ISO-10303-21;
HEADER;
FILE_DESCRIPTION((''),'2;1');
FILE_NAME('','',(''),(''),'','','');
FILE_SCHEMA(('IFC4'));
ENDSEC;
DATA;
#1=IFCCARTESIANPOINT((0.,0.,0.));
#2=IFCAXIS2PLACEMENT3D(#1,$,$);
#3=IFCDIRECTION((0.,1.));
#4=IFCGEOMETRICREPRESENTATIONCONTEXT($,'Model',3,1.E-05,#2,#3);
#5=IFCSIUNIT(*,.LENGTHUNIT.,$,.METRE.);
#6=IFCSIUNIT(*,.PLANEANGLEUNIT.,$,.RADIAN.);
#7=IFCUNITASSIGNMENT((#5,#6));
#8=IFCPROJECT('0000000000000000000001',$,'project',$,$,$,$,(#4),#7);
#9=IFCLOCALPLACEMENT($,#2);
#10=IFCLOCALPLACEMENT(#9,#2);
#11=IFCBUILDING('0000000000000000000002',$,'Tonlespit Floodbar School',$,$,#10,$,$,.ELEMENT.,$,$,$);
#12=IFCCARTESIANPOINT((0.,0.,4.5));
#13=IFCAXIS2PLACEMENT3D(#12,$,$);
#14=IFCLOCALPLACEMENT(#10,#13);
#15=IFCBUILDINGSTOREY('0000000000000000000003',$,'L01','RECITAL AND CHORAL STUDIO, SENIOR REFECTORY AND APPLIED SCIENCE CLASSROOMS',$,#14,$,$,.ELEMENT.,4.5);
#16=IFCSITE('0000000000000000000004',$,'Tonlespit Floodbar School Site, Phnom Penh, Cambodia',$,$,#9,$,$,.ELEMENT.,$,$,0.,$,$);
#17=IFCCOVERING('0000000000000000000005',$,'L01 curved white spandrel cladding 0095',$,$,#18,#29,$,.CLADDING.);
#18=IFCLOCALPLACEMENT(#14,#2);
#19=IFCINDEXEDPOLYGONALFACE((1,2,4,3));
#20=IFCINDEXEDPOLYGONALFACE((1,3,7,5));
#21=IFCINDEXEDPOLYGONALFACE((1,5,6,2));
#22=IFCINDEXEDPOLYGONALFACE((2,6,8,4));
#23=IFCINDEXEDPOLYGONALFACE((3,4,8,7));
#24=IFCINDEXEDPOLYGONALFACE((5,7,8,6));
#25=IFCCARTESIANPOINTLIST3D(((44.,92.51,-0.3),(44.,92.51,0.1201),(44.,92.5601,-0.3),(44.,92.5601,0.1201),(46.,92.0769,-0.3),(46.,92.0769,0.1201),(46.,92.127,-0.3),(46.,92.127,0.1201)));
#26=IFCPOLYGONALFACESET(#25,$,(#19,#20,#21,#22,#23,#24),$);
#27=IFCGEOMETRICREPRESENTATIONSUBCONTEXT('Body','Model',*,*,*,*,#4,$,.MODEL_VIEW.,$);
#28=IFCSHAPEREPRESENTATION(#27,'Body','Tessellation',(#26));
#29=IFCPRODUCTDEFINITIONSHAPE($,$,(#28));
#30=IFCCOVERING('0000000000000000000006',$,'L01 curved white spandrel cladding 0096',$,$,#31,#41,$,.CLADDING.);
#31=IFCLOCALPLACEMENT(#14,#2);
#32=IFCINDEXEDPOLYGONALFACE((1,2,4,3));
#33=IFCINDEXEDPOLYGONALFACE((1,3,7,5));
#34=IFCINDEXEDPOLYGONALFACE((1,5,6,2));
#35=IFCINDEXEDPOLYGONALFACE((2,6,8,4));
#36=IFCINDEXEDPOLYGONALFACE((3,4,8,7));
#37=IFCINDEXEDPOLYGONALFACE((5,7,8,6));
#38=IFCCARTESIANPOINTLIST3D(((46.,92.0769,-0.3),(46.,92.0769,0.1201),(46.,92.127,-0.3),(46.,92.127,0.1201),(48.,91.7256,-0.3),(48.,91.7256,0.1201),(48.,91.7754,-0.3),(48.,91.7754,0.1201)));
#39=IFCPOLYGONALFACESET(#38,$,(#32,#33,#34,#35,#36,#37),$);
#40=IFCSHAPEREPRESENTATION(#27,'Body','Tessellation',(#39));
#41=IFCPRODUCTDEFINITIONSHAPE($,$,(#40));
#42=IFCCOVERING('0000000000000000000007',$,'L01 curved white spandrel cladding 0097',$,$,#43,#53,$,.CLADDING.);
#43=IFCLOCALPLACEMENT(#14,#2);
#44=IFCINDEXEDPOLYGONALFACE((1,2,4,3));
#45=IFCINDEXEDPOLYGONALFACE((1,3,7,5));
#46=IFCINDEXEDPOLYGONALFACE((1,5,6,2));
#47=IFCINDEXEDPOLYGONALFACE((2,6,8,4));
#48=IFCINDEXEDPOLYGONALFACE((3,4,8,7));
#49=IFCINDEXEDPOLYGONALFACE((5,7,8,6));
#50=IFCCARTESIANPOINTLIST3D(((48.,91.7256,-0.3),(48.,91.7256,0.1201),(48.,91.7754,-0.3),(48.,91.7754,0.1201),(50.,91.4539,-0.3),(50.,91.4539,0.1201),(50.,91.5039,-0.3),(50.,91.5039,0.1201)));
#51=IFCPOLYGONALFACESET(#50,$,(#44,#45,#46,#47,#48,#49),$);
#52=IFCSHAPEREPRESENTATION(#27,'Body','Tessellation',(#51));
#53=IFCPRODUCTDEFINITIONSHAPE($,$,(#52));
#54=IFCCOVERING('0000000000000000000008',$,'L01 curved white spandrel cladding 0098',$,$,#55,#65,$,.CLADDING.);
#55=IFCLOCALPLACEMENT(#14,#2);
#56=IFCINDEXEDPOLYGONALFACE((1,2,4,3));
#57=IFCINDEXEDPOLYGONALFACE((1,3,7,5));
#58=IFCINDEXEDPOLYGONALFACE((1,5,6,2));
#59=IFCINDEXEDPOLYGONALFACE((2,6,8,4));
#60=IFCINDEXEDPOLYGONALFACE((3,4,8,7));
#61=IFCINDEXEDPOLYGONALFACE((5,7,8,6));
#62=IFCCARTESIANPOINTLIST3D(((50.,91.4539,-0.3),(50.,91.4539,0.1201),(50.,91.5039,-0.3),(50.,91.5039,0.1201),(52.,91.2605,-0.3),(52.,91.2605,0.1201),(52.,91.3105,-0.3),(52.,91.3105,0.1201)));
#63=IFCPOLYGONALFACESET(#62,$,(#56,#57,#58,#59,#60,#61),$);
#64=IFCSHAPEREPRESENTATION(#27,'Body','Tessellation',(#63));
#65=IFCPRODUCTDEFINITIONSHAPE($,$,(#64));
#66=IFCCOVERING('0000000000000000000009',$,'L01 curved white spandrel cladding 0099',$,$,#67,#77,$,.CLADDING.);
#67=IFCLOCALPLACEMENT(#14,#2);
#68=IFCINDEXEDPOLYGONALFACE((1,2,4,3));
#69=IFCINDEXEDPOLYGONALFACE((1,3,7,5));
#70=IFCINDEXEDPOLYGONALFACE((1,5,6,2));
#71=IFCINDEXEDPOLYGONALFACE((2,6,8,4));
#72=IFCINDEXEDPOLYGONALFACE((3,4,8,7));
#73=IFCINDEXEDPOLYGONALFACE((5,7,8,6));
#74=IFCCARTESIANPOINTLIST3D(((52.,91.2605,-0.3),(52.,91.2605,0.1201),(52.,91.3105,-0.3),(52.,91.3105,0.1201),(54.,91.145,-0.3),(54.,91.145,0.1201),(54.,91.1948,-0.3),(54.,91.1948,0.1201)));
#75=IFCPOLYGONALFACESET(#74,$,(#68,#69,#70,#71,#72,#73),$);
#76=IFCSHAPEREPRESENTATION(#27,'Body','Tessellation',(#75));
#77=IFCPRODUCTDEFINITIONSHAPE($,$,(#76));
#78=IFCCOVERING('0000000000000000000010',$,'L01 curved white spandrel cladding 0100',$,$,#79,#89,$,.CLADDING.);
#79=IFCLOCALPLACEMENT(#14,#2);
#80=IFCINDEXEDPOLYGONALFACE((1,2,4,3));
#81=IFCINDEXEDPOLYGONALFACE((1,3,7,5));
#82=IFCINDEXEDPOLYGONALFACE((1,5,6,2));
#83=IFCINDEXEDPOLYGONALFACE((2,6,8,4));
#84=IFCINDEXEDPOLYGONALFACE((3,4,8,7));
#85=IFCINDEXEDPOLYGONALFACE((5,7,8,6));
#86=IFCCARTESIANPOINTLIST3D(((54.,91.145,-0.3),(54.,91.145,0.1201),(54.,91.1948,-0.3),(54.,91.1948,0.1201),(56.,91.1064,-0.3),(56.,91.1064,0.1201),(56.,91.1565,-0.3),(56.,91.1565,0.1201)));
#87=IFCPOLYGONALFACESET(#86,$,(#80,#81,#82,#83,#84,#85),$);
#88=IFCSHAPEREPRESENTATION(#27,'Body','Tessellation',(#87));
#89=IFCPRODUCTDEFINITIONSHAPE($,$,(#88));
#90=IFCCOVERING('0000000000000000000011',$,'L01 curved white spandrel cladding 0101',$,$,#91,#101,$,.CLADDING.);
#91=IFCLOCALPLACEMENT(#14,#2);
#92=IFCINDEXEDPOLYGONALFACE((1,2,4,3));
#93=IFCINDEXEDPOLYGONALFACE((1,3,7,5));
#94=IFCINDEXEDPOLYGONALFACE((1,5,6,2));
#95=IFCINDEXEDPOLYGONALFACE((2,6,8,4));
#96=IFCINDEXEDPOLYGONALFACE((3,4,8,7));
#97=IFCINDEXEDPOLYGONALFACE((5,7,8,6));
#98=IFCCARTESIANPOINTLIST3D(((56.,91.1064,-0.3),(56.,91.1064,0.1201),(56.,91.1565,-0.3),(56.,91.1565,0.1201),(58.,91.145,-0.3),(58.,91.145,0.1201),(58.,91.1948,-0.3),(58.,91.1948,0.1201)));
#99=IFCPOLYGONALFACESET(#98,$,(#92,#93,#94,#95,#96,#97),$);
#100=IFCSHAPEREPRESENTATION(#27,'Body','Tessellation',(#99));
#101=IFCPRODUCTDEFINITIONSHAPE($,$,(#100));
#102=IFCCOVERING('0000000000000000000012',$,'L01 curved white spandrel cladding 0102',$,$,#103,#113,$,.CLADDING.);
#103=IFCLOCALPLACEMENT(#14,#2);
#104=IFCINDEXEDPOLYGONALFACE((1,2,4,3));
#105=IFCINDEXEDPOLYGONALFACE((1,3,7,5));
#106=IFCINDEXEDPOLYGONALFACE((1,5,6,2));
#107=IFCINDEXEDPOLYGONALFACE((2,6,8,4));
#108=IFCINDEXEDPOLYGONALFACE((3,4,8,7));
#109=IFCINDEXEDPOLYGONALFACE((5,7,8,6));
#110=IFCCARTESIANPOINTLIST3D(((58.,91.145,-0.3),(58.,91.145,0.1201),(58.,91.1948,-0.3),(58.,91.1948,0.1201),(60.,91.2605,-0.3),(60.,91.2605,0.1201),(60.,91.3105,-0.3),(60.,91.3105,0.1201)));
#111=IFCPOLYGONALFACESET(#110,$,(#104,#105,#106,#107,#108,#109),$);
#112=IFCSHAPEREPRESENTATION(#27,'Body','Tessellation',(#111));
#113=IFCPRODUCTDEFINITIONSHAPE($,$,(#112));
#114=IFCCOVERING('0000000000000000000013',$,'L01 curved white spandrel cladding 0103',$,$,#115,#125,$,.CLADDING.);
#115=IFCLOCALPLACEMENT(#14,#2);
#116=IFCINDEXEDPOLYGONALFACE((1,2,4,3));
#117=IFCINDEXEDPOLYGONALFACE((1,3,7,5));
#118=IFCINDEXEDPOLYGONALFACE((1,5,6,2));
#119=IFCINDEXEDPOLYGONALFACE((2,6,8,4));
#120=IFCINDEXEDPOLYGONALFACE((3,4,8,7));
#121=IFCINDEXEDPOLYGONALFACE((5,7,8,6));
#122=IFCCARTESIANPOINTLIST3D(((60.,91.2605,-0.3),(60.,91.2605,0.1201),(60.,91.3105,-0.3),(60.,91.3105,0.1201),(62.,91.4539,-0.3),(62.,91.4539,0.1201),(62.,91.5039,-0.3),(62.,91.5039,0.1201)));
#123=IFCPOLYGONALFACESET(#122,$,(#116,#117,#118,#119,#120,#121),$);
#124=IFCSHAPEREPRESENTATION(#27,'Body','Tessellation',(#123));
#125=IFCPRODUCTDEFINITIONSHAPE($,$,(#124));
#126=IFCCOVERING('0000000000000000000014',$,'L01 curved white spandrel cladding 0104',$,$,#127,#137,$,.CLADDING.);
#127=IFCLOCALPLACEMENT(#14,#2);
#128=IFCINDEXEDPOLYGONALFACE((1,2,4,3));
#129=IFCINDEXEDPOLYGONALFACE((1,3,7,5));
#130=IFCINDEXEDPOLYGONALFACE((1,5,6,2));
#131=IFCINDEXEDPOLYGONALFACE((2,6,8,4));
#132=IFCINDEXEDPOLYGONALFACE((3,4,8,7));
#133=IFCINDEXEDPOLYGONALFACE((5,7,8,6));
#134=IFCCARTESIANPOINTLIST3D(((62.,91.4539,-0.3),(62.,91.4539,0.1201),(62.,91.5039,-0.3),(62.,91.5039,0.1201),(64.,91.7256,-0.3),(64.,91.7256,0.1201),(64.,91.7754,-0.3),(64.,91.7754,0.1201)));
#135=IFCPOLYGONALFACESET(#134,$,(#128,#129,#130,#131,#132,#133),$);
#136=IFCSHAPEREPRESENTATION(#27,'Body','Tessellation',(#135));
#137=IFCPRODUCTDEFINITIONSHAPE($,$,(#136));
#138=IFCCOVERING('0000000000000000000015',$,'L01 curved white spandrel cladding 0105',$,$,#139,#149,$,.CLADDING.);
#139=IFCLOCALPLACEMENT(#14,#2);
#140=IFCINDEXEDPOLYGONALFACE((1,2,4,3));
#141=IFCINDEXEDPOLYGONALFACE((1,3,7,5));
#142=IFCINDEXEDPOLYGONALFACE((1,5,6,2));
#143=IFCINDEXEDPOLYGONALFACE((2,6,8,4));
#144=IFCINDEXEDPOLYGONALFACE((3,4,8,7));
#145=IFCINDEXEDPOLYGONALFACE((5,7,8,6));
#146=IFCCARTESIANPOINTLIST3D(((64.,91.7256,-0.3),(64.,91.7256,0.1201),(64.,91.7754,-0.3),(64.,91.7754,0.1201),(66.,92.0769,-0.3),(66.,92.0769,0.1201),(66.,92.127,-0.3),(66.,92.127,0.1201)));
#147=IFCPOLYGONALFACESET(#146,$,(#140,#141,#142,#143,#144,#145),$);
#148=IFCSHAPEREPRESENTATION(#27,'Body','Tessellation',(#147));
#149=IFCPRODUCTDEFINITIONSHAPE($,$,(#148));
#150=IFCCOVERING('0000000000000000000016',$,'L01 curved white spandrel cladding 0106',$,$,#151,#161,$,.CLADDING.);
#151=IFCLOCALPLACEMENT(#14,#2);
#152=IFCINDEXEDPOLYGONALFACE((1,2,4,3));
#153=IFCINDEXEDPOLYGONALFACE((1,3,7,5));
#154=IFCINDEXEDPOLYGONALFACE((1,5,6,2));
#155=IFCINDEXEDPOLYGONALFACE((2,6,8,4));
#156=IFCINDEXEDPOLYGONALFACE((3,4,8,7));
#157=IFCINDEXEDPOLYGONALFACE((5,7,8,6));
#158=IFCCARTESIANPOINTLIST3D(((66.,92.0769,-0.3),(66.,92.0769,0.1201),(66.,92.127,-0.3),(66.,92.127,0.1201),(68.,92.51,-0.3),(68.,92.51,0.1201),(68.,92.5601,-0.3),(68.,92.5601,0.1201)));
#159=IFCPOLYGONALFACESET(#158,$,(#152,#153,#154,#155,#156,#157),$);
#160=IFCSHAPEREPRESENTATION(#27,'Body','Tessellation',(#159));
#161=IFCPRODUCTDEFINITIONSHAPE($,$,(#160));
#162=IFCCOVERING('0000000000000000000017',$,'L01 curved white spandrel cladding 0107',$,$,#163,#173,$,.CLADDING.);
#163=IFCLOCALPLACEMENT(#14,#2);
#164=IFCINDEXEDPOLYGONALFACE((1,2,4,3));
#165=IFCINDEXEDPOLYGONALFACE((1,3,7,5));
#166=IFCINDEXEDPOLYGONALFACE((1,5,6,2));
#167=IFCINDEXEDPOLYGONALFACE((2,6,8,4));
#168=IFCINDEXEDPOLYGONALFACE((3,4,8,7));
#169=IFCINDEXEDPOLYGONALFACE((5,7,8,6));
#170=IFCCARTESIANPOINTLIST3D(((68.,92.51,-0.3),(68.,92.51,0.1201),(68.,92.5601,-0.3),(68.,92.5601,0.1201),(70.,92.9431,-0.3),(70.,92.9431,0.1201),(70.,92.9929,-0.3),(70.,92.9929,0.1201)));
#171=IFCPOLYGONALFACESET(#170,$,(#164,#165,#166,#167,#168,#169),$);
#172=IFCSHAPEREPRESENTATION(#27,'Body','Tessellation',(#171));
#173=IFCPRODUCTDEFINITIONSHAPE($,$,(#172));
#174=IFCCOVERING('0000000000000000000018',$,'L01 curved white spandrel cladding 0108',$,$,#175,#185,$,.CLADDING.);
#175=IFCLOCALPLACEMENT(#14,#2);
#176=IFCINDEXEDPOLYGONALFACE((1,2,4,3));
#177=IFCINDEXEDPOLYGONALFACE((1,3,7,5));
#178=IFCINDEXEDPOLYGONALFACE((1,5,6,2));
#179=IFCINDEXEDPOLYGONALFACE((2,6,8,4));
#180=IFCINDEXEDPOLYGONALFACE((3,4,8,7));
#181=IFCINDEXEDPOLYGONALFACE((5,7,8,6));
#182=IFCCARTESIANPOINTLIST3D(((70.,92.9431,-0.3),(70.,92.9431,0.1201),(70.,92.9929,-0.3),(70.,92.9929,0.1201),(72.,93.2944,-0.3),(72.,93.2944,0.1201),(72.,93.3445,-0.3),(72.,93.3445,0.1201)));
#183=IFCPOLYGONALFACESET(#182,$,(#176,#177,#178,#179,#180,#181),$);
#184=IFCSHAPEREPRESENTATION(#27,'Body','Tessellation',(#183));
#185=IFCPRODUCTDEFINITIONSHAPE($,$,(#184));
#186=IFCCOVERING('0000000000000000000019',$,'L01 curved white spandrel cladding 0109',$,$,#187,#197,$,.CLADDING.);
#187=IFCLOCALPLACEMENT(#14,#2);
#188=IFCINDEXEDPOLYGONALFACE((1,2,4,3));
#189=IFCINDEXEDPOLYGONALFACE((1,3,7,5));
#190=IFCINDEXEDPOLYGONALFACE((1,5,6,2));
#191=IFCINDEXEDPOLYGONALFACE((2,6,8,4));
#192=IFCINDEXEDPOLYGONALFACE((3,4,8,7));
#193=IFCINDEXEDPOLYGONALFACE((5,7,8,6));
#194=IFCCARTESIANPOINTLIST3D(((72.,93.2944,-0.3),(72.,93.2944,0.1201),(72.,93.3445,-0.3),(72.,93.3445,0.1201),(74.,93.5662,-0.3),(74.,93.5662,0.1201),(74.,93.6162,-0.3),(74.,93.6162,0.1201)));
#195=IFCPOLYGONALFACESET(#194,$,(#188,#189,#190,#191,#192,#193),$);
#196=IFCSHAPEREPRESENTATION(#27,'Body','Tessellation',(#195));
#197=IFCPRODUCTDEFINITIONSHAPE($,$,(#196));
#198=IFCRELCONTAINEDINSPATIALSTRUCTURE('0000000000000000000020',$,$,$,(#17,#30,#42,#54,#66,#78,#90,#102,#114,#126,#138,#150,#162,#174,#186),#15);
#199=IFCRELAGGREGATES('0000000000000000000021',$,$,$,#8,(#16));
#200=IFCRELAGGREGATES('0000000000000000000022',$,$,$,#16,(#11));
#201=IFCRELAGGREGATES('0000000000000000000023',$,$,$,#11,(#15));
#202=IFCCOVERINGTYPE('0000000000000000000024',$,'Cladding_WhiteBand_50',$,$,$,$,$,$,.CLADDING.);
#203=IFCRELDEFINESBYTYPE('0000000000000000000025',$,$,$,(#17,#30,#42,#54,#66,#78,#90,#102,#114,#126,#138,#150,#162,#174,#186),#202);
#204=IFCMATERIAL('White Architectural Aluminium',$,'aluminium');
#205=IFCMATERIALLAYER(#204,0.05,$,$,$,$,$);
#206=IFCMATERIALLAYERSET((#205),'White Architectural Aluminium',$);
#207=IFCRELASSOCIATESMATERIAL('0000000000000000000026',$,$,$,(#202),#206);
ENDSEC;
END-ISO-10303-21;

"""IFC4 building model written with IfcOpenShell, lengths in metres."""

from ifc_helpers import new_model, si_unit, direction, frame, origin, place, context, subcontext, project, spatial, polyline, outline, extrude, material, layer, layer_set, type_object, element, save


model = new_model("IFC4")

# Units and contexts
model_context = context("Model", 3, precision=1e-05, world=origin(), true_north=direction((0.0, 1.0)))
body_context = subcontext(model_context, "Body", "Model", "MODEL_VIEW")
ifc_project = project(units=[si_unit("LENGTHUNIT", "METRE"), si_unit("PLANEANGLEUNIT", "RADIAN")], contexts=[model_context])

# Site, building, storey
site_placement = place(None, origin())
site = spatial("IfcSite", under=ifc_project, at=site_placement, Name="Tonlespit Floodbar School Site, Phnom Penh, Cambodia", CompositionType="ELEMENT", RefElevation=0.0)
building_placement = place(site_placement, origin())
building = spatial("IfcBuilding", under=site, at=building_placement, Name="Tonlespit Floodbar School", CompositionType="ELEMENT")
storey_placement = place(building_placement, frame((0.0, 0.0, 4.5)))
storey = spatial("IfcBuildingStorey", under=building, at=storey_placement, Name="L01", Description="RECITAL AND CHORAL STUDIO, SENIOR REFECTORY AND APPLIED SCIENCE CLASSROOMS", CompositionType="ELEMENT", Elevation=4.5)

# Coverings
ifc_material = material(Name="White Architectural Aluminium", Category="aluminium")
ifc_layer = layer(ifc_material, 0.05)
ifc_layer_set = layer_set([ifc_layer], Name="White Architectural Aluminium")
covering_type = type_object("IfcCoveringType", Name="Cladding_WhiteBand_50", PredefinedType="CLADDING", material=ifc_layer_set)
covering_1_placement = place(storey_placement, frame((0.0, 0.0, -0.3)))
element("IfcCovering", 1, at=covering_1_placement, inside=storey, type_object=covering_type, Name="L01 curved white spandrel cladding 0095", PredefinedType="CLADDING", context=body_context, shape_type="SweptSolid", body=[
    extrude(outline(polyline([(44.0, 92.5601), (46.0, 92.127), (46.0, 92.0769), (44.0, 92.51), (44.0, 92.5601)])), origin(), (0.0, 0.0, 1.0), 0.4202),
])
covering_2_placement = place(storey_placement, frame((0.0, 0.0, -0.3)))
element("IfcCovering", 2, at=covering_2_placement, inside=storey, type_object=covering_type, Name="L01 curved white spandrel cladding 0096", PredefinedType="CLADDING", context=body_context, shape_type="SweptSolid", body=[
    extrude(outline(polyline([(46.0, 92.127), (48.0, 91.7754), (48.0, 91.7256), (46.0, 92.0769), (46.0, 92.127)])), origin(), (0.0, 0.0, 1.0), 0.4202),
])
covering_3_placement = place(storey_placement, frame((0.0, 0.0, -0.3)))
element("IfcCovering", 3, at=covering_3_placement, inside=storey, type_object=covering_type, Name="L01 curved white spandrel cladding 0097", PredefinedType="CLADDING", context=body_context, shape_type="SweptSolid", body=[
    extrude(outline(polyline([(48.0, 91.7754), (50.0, 91.5039), (50.0, 91.4539), (48.0, 91.7256), (48.0, 91.7754)])), origin(), (0.0, 0.0, 1.0), 0.4202),
])
covering_4_placement = place(storey_placement, frame((0.0, 0.0, -0.3)))
element("IfcCovering", 4, at=covering_4_placement, inside=storey, type_object=covering_type, Name="L01 curved white spandrel cladding 0098", PredefinedType="CLADDING", context=body_context, shape_type="SweptSolid", body=[
    extrude(outline(polyline([(50.0, 91.5039), (52.0, 91.3105), (52.0, 91.2605), (50.0, 91.4539), (50.0, 91.5039)])), origin(), (0.0, 0.0, 1.0), 0.4202),
])
covering_5_placement = place(storey_placement, frame((0.0, 0.0, -0.3)))
element("IfcCovering", 5, at=covering_5_placement, inside=storey, type_object=covering_type, Name="L01 curved white spandrel cladding 0099", PredefinedType="CLADDING", context=body_context, shape_type="SweptSolid", body=[
    extrude(outline(polyline([(52.0, 91.3105), (54.0, 91.1948), (54.0, 91.145), (52.0, 91.2605), (52.0, 91.3105)])), origin(), (0.0, 0.0, 1.0), 0.4202),
])
covering_6_placement = place(storey_placement, frame((0.0, 0.0, -0.3)))
element("IfcCovering", 6, at=covering_6_placement, inside=storey, type_object=covering_type, Name="L01 curved white spandrel cladding 0100", PredefinedType="CLADDING", context=body_context, shape_type="SweptSolid", body=[
    extrude(outline(polyline([(54.0, 91.1948), (56.0, 91.1565), (56.0, 91.1064), (54.0, 91.145), (54.0, 91.1948)])), origin(), (0.0, 0.0, 1.0), 0.4202),
])
covering_7_placement = place(storey_placement, frame((0.0, 0.0, -0.3)))
element("IfcCovering", 7, at=covering_7_placement, inside=storey, type_object=covering_type, Name="L01 curved white spandrel cladding 0101", PredefinedType="CLADDING", context=body_context, shape_type="SweptSolid", body=[
    extrude(outline(polyline([(56.0, 91.1565), (58.0, 91.1948), (58.0, 91.145), (56.0, 91.1064), (56.0, 91.1565)])), origin(), (0.0, 0.0, 1.0), 0.4202),
])
covering_8_placement = place(storey_placement, frame((0.0, 0.0, -0.3)))
element("IfcCovering", 8, at=covering_8_placement, inside=storey, type_object=covering_type, Name="L01 curved white spandrel cladding 0102", PredefinedType="CLADDING", context=body_context, shape_type="SweptSolid", body=[
    extrude(outline(polyline([(58.0, 91.1948), (60.0, 91.3105), (60.0, 91.2605), (58.0, 91.145), (58.0, 91.1948)])), origin(), (0.0, 0.0, 1.0), 0.4202),
])
covering_9_placement = place(storey_placement, frame((0.0, 0.0, -0.3)))
element("IfcCovering", 9, at=covering_9_placement, inside=storey, type_object=covering_type, Name="L01 curved white spandrel cladding 0103", PredefinedType="CLADDING", context=body_context, shape_type="SweptSolid", body=[
    extrude(outline(polyline([(60.0, 91.3105), (62.0, 91.5039), (62.0, 91.4539), (60.0, 91.2605), (60.0, 91.3105)])), origin(), (0.0, 0.0, 1.0), 0.4202),
])
covering_10_placement = place(storey_placement, frame((0.0, 0.0, -0.3)))
element("IfcCovering", 10, at=covering_10_placement, inside=storey, type_object=covering_type, Name="L01 curved white spandrel cladding 0104", PredefinedType="CLADDING", context=body_context, shape_type="SweptSolid", body=[
    extrude(outline(polyline([(62.0, 91.5039), (64.0, 91.7754), (64.0, 91.7256), (62.0, 91.4539), (62.0, 91.5039)])), origin(), (0.0, 0.0, 1.0), 0.4202),
])
covering_11_placement = place(storey_placement, frame((0.0, 0.0, -0.3)))
element("IfcCovering", 11, at=covering_11_placement, inside=storey, type_object=covering_type, Name="L01 curved white spandrel cladding 0105", PredefinedType="CLADDING", context=body_context, shape_type="SweptSolid", body=[
    extrude(outline(polyline([(64.0, 91.7754), (66.0, 92.127), (66.0, 92.0769), (64.0, 91.7256), (64.0, 91.7754)])), origin(), (0.0, 0.0, 1.0), 0.4202),
])
covering_12_placement = place(storey_placement, frame((0.0, 0.0, -0.3)))
element("IfcCovering", 12, at=covering_12_placement, inside=storey, type_object=covering_type, Name="L01 curved white spandrel cladding 0106", PredefinedType="CLADDING", context=body_context, shape_type="SweptSolid", body=[
    extrude(outline(polyline([(66.0, 92.127), (68.0, 92.5601), (68.0, 92.51), (66.0, 92.0769), (66.0, 92.127)])), origin(), (0.0, 0.0, 1.0), 0.4202),
])
covering_13_placement = place(storey_placement, frame((0.0, 0.0, -0.3)))
element("IfcCovering", 13, at=covering_13_placement, inside=storey, type_object=covering_type, Name="L01 curved white spandrel cladding 0107", PredefinedType="CLADDING", context=body_context, shape_type="SweptSolid", body=[
    extrude(outline(polyline([(68.0, 92.5601), (70.0, 92.9929), (70.0, 92.9431), (68.0, 92.51), (68.0, 92.5601)])), origin(), (0.0, 0.0, 1.0), 0.4202),
])
covering_14_placement = place(storey_placement, frame((0.0, 0.0, -0.3)))
element("IfcCovering", 14, at=covering_14_placement, inside=storey, type_object=covering_type, Name="L01 curved white spandrel cladding 0108", PredefinedType="CLADDING", context=body_context, shape_type="SweptSolid", body=[
    extrude(outline(polyline([(70.0, 92.9929), (72.0, 93.3445), (72.0, 93.2944), (70.0, 92.9431), (70.0, 92.9929)])), origin(), (0.0, 0.0, 1.0), 0.4202),
])
covering_15_placement = place(storey_placement, frame((0.0, 0.0, -0.3)))
element("IfcCovering", 15, at=covering_15_placement, inside=storey, type_object=covering_type, Name="L01 curved white spandrel cladding 0109", PredefinedType="CLADDING", context=body_context, shape_type="SweptSolid", body=[
    extrude(outline(polyline([(72.0, 93.3445), (74.0, 93.6162), (74.0, 93.5662), (72.0, 93.2944), (72.0, 93.3445)])), origin(), (0.0, 0.0, 1.0), 0.4202),
])

save(model, "model.ifc")
